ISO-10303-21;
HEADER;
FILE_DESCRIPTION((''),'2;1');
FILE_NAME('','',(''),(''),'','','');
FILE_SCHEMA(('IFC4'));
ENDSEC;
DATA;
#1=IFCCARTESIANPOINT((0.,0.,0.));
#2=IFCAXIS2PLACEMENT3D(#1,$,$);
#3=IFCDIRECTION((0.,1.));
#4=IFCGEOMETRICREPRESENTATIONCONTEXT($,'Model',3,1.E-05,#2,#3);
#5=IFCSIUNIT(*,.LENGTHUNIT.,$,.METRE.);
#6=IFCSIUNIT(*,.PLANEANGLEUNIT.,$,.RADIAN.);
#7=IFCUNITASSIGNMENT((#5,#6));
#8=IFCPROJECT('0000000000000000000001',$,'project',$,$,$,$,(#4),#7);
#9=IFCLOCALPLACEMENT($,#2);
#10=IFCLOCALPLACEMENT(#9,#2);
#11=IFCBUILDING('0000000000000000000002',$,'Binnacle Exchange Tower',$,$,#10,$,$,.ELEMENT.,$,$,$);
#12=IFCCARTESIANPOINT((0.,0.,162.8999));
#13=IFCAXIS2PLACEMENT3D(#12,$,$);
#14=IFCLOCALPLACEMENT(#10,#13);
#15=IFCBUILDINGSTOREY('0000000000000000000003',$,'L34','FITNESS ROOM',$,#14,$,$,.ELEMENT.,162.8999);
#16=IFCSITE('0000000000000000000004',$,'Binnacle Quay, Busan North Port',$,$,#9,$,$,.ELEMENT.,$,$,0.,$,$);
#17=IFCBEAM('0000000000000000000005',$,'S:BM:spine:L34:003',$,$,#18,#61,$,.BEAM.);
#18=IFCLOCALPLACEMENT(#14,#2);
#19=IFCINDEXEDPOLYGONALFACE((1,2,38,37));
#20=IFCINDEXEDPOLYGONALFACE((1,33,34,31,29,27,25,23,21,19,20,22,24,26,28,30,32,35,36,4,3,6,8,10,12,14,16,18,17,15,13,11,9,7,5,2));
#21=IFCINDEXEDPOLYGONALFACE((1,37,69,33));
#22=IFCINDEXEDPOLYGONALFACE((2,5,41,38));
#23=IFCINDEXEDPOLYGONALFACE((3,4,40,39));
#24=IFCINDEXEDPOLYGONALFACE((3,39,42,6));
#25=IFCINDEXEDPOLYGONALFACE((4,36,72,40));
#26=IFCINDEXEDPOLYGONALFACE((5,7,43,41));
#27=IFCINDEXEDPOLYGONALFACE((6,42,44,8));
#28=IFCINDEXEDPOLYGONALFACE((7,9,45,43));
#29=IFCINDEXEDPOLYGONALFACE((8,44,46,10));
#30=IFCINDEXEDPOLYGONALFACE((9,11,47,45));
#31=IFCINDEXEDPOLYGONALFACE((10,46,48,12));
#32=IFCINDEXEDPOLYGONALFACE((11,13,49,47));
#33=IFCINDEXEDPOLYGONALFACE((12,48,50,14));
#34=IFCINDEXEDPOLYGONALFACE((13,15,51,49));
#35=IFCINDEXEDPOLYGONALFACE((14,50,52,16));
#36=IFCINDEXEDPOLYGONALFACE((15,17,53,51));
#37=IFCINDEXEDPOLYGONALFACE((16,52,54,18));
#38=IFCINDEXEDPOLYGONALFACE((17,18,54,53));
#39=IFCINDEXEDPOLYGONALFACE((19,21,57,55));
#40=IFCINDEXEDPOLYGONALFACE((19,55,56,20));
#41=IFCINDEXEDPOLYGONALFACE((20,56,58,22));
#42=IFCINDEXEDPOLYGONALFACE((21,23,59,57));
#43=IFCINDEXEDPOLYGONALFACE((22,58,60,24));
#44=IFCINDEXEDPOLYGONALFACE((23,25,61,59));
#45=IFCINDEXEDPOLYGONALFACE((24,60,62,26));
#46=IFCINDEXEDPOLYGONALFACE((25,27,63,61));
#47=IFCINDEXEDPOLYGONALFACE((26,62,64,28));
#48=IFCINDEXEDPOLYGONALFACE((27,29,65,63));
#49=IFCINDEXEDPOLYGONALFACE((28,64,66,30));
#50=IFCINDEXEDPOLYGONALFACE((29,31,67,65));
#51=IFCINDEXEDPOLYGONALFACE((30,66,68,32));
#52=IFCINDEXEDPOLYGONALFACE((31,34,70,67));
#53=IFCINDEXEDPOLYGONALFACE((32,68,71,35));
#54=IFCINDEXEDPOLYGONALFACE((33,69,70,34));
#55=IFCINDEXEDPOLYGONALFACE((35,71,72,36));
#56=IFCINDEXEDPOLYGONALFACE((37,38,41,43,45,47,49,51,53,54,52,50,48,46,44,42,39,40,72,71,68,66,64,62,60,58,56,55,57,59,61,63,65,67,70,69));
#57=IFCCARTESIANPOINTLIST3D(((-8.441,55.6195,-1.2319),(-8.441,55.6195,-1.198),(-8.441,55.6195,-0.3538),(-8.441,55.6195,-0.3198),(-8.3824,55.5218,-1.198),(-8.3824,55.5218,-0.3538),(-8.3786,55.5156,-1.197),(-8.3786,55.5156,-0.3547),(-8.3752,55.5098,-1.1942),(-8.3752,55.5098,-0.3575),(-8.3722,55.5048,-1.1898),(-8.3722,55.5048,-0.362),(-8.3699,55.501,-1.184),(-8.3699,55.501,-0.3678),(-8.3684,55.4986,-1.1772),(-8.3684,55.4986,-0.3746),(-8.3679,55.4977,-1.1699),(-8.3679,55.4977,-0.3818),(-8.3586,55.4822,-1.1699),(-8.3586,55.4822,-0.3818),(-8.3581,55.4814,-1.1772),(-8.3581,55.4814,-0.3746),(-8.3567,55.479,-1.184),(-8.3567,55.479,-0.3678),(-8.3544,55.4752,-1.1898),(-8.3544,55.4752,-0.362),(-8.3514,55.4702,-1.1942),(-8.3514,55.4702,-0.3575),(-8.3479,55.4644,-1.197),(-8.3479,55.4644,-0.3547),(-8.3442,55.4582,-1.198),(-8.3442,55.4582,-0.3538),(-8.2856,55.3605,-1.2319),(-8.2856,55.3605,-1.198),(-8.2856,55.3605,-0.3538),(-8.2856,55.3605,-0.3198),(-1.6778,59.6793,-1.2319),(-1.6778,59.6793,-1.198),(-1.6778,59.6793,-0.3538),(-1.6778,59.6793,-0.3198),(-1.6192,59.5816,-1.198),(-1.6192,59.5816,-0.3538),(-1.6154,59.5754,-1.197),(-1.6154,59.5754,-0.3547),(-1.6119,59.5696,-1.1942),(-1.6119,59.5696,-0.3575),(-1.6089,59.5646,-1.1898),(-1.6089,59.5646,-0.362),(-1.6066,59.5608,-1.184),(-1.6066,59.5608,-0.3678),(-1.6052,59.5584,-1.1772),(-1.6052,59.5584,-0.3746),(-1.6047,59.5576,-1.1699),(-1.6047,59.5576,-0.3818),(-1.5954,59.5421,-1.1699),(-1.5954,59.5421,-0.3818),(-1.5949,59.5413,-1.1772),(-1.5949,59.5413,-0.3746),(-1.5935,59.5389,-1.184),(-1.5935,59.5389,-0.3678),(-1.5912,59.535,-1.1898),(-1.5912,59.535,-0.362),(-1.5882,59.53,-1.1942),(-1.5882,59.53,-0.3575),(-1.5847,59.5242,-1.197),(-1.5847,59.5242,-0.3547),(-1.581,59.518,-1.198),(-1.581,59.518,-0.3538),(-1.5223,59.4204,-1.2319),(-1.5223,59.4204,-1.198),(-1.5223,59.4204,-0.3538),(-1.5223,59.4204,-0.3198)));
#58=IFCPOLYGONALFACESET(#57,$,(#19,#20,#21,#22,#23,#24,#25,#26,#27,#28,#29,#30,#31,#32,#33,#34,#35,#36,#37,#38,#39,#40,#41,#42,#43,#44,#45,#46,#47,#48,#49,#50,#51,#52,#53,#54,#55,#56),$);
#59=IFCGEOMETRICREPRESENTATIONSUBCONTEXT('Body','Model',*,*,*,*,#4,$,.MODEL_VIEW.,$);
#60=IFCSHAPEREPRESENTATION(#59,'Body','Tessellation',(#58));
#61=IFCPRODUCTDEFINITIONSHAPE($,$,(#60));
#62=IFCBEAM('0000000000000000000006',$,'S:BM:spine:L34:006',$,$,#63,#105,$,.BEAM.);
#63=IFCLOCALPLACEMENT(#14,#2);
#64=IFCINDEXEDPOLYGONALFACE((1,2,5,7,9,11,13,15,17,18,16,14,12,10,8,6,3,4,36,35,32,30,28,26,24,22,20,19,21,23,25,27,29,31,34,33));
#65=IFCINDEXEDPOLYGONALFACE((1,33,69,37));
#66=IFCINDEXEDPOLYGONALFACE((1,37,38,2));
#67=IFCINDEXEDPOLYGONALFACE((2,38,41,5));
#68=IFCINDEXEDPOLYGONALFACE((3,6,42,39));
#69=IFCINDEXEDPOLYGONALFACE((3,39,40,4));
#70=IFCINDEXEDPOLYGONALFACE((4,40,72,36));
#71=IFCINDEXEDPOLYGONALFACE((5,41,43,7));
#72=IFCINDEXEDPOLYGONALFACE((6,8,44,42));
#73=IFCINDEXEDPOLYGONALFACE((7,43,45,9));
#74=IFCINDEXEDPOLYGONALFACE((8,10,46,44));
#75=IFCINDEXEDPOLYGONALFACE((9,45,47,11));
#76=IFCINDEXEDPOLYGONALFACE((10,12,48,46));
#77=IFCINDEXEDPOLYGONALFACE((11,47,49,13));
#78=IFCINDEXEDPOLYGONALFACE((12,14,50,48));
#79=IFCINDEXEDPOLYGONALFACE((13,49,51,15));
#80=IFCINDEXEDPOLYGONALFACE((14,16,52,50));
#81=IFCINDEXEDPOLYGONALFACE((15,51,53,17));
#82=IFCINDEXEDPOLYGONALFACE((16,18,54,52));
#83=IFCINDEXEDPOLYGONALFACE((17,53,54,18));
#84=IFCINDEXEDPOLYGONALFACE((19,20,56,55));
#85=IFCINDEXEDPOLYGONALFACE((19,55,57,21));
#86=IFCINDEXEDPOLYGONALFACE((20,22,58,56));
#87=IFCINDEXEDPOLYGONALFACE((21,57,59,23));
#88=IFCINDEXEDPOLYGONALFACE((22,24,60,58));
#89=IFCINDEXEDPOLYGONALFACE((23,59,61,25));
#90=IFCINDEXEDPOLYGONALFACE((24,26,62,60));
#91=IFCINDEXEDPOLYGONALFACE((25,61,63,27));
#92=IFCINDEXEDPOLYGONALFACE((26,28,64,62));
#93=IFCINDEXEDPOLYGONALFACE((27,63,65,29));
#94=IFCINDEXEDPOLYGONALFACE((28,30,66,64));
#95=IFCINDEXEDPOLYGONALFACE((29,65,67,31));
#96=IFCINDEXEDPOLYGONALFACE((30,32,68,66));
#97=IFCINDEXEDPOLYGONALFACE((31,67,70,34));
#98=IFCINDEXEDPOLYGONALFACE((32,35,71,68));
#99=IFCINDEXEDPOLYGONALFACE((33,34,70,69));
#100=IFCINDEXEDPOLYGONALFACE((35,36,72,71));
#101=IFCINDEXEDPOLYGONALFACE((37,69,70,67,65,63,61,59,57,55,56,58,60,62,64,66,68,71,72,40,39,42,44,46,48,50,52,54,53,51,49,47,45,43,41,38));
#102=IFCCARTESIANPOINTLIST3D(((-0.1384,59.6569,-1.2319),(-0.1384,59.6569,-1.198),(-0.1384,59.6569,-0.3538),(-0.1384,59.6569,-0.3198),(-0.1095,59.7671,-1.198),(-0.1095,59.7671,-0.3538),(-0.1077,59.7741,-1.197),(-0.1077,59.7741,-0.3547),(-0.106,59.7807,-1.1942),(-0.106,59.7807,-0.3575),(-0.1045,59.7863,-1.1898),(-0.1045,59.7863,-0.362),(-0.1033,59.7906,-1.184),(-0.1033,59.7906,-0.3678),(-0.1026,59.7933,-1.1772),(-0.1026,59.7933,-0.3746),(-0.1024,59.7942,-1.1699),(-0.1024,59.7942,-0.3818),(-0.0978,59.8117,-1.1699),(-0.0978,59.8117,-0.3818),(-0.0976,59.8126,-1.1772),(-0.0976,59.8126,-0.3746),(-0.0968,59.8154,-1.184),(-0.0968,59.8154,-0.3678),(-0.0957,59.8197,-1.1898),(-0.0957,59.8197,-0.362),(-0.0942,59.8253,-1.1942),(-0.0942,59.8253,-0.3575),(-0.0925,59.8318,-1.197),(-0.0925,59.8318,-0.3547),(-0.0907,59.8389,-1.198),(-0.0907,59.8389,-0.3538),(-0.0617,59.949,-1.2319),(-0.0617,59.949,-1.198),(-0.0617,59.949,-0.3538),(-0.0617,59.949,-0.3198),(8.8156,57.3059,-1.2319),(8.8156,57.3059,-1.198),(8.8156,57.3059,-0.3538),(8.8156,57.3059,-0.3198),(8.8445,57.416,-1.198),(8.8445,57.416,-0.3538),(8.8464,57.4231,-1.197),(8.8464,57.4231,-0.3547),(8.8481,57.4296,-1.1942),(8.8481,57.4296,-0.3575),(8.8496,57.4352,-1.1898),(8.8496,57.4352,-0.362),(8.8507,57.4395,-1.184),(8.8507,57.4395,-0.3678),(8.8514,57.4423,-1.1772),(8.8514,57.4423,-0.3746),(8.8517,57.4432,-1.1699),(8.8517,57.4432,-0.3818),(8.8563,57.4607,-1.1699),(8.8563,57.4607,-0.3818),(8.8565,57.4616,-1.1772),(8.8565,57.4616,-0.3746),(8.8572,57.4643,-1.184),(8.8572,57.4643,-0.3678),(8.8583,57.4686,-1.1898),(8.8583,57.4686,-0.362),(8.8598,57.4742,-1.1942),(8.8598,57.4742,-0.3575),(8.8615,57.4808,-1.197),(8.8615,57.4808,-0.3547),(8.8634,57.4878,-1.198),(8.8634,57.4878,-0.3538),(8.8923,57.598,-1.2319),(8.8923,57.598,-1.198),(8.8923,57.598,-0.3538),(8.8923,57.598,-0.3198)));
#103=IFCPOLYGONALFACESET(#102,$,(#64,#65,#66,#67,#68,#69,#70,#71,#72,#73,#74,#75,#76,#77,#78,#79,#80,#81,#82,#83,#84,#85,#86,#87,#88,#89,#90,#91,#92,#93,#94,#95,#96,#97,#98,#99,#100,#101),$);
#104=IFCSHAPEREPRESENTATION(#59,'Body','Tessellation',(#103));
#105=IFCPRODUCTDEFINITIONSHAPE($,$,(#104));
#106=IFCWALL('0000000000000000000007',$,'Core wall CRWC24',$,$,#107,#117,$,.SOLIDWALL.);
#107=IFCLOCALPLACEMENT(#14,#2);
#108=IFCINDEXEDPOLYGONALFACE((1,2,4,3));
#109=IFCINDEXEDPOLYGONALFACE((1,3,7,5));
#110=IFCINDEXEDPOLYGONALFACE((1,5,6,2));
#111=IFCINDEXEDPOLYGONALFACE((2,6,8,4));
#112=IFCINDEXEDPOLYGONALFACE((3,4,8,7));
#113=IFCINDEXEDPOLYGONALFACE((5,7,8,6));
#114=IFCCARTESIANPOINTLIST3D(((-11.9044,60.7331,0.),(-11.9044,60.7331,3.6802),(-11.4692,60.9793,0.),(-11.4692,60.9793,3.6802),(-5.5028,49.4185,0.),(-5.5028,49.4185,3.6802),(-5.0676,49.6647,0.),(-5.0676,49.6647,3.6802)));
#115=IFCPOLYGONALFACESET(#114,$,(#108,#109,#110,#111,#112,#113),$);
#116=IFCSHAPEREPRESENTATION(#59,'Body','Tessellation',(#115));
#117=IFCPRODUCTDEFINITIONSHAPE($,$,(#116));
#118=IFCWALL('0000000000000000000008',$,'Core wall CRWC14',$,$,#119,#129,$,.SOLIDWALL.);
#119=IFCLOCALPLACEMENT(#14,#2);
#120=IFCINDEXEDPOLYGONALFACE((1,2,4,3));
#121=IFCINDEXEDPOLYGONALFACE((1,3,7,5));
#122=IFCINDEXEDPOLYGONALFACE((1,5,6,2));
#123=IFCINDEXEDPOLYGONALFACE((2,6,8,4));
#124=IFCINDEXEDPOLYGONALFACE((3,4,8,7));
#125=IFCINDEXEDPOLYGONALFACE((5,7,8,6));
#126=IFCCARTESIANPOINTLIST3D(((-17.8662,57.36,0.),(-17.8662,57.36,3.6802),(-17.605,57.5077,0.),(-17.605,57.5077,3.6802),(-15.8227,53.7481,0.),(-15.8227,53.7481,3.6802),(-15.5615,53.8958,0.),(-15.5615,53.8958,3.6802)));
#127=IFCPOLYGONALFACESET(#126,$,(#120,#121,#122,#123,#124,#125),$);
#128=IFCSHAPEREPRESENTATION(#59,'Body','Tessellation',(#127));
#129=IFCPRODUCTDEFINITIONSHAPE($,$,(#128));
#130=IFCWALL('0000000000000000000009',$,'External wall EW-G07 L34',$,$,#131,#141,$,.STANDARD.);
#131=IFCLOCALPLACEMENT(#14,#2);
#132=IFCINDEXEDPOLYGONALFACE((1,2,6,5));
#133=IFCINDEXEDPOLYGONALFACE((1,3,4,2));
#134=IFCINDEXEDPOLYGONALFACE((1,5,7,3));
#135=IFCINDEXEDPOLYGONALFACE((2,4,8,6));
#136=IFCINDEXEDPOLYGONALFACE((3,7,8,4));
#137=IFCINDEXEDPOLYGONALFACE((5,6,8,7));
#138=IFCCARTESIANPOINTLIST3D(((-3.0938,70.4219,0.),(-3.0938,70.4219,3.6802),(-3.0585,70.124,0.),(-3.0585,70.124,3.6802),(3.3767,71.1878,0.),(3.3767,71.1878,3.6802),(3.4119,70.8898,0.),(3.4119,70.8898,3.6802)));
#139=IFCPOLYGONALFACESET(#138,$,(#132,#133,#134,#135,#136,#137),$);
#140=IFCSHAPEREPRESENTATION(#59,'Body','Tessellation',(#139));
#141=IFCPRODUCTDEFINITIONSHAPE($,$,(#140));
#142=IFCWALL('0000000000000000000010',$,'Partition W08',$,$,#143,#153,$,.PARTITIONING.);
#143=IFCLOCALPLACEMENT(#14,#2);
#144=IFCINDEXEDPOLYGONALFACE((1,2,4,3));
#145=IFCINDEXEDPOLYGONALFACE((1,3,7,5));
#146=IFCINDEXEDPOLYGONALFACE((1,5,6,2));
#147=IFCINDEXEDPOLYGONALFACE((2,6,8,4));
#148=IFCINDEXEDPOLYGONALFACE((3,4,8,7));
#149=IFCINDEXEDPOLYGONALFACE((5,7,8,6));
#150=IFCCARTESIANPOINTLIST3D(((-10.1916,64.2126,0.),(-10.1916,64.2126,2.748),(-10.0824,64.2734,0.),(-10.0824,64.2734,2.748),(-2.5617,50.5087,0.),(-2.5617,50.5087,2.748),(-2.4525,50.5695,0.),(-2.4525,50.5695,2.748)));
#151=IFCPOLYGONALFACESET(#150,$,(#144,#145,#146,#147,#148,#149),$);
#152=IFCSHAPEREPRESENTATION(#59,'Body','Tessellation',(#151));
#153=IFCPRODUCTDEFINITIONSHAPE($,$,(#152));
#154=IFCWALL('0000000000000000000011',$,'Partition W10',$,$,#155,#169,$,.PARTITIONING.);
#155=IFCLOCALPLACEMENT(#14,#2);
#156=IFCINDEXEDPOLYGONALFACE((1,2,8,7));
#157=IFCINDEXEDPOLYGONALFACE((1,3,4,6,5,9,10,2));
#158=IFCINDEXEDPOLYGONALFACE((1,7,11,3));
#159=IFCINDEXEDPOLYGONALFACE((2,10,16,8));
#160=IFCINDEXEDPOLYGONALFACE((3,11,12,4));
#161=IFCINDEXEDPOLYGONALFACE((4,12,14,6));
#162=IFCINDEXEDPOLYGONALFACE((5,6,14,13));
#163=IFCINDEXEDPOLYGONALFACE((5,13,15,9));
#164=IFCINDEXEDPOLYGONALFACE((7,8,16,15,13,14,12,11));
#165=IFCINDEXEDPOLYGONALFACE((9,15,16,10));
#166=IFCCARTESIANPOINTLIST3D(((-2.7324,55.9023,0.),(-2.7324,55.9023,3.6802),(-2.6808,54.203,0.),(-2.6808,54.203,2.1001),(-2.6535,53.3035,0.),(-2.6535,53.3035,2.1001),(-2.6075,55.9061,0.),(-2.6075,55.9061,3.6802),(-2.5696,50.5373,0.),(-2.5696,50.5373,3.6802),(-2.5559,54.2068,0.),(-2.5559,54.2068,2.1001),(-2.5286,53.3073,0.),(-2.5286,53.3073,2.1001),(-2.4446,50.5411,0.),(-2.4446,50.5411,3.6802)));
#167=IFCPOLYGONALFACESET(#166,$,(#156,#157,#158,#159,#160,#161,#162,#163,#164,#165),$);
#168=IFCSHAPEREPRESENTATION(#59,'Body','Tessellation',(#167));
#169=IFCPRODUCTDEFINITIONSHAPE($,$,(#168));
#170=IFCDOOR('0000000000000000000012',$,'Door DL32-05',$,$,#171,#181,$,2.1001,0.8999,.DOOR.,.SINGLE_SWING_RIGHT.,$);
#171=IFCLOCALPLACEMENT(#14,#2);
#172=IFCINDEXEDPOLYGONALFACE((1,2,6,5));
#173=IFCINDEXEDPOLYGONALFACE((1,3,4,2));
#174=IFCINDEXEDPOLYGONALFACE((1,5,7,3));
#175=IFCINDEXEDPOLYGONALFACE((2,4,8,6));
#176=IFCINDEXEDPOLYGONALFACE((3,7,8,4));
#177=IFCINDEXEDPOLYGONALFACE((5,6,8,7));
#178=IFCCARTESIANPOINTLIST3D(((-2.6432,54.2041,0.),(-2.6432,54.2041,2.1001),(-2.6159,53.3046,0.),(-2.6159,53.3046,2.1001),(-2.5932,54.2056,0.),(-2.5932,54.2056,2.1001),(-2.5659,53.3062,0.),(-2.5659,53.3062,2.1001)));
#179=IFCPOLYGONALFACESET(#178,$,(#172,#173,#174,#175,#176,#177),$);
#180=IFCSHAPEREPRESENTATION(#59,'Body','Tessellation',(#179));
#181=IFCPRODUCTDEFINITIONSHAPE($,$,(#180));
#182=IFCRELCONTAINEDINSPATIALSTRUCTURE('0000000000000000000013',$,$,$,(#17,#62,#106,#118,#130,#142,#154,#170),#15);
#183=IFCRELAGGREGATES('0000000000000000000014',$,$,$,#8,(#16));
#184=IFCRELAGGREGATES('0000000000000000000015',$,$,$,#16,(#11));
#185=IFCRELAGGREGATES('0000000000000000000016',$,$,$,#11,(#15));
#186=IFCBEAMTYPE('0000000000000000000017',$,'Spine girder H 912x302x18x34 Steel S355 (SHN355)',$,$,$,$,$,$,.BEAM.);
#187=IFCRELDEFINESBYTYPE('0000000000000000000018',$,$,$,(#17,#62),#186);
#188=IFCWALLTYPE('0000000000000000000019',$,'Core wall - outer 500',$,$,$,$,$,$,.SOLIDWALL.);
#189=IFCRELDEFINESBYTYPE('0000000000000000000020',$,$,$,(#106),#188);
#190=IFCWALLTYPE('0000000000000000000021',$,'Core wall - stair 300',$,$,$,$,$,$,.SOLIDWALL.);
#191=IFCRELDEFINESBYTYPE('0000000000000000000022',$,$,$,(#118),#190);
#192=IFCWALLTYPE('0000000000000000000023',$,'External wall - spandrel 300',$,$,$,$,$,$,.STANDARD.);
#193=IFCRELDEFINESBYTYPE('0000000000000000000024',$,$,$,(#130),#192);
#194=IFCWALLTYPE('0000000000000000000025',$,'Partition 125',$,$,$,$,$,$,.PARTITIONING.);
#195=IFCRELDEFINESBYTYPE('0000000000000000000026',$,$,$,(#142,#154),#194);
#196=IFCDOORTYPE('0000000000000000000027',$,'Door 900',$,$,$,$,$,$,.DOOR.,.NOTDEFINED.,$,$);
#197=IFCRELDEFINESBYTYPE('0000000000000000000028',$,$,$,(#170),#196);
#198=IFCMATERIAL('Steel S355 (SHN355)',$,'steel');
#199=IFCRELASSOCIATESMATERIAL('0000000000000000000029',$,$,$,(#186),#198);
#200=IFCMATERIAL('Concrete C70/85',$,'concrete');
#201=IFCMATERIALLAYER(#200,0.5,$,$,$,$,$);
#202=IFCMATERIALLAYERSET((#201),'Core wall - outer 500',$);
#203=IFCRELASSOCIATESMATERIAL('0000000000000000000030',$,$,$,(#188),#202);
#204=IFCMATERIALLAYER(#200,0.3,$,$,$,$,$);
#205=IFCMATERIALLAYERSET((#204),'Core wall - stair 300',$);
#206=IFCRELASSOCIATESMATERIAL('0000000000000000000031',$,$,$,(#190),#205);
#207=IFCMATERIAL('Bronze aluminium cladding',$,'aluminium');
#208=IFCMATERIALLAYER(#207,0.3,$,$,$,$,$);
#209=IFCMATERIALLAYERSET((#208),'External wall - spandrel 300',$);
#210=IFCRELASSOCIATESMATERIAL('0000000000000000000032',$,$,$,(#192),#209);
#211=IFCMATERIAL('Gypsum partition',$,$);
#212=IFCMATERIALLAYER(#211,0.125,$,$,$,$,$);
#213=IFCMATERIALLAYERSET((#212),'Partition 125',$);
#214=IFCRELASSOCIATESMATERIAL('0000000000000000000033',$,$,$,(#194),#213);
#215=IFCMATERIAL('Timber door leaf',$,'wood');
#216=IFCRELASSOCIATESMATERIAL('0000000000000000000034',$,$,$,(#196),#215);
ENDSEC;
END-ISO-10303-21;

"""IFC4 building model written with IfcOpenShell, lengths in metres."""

from ifc_helpers import new_model, si_unit, direction, frame, frame_2d, origin, origin_2d, place, context, subcontext, project, spatial, rectangle, i_section, extrude, material, layer, layer_set, material_profile, profile_set, type_object, element, fill, save


model = new_model("IFC4")

# Units and contexts
model_context = context("Model", 3, precision=1e-05, world=origin(), true_north=direction((0.0, 1.0)))
body_context = subcontext(model_context, "Body", "Model", "MODEL_VIEW")
ifc_project = project(units=[si_unit("LENGTHUNIT", "METRE"), si_unit("PLANEANGLEUNIT", "RADIAN")], contexts=[model_context])

# Site, building, storey
site_placement = place(None, origin())
site = spatial("IfcSite", under=ifc_project, at=site_placement, Name="Binnacle Quay, Busan North Port", CompositionType="ELEMENT", RefElevation=0.0)
building_placement = place(site_placement, origin())
building = spatial("IfcBuilding", under=site, at=building_placement, Name="Binnacle Exchange Tower", CompositionType="ELEMENT")
storey_placement = place(building_placement, frame((0.0, 0.0, 162.8999)))
storey = spatial("IfcBuildingStorey", under=building, at=storey_placement, Name="L34", Description="FITNESS ROOM", CompositionType="ELEMENT", Elevation=162.8999)

# Shared definitions
ifc_material_1 = material(Name="Concrete C70/85", Category="concrete")

# Beams
ifc_material_2 = material(Name="Steel S355 (SHN355)", Category="steel")
ifc_material_profile_1 = material_profile(ifc_material_2, i_section(OverallWidth=0.302, OverallDepth=0.9121, WebThickness=0.0181, FlangeThickness=0.0339, FilletRadius=0.0281, at=origin_2d()), Name="H 912x302x18x34")
ifc_profile_set_1 = profile_set([ifc_material_profile_1], Name="Steel S355 (SHN355)")
beam_type_1 = type_object("IfcBeamType", Name="Spine girder H 912x302x18x34 Steel S355 (SHN355)", PredefinedType="BEAM", material=ifc_profile_set_1)
beam_1_placement = place(storey_placement, frame((-8.3633, 55.49, -0.7759), z_axis=(0.857386, 0.514673, 0.0), x_axis=(-0.514673, 0.857386, 0.0)))
element("IfcBeam", 1, at=beam_1_placement, inside=storey, type_object=beam_type_1, Name="S:BM:spine:L34:003", PredefinedType="BEAM", context=body_context, shape_type="SweptSolid", body=[
    extrude(i_section(OverallWidth=0.302, OverallDepth=0.9121, WebThickness=0.0181, FlangeThickness=0.0339, FilletRadius=0.0281, at=origin_2d()), origin(), (0.0, 0.0, 1.0), 7.8882),
])
beam_2_placement = place(storey_placement, frame((-0.1001, 59.803, -0.7759), z_axis=(0.967214, -0.253961, 0.0), x_axis=(0.253961, 0.967214, 0.0)))
element("IfcBeam", 2, at=beam_2_placement, inside=storey, type_object=beam_type_1, Name="S:BM:spine:L34:006", PredefinedType="BEAM", context=body_context, shape_type="SweptSolid", body=[
    extrude(i_section(OverallWidth=0.302, OverallDepth=0.9121, WebThickness=0.0181, FlangeThickness=0.0339, FilletRadius=0.0281, at=origin_2d()), origin(), (0.0, 0.0, 1.0), 9.2576),
])

# Walls
ifc_layer_1 = layer(ifc_material_1, 0.5)
ifc_layer_set_1 = layer_set([ifc_layer_1], Name="Core wall - outer 500")
wall_type_1 = type_object("IfcWallType", Name="Core wall - outer 500", PredefinedType="SOLIDWALL", material=ifc_layer_set_1)
wall_1_placement = place(storey_placement, frame((-11.6868, 60.8562, 0.0), z_axis=(0.0, 0.0, 1.0), x_axis=(0.492427, -0.870354, 0.0)))
element("IfcWall", 3, at=wall_1_placement, inside=storey, type_object=wall_type_1, Name="Core wall CRWC24", PredefinedType="SOLIDWALL", context=body_context, shape_type="SweptSolid", body=[
    extrude(rectangle(XDim=13.0, YDim=0.5, at=frame_2d((6.5, 0.0))), origin(), (0.0, 0.0, 1.0), 3.6802),
])
ifc_layer_2 = layer(ifc_material_1, 0.3)
ifc_layer_set_2 = layer_set([ifc_layer_2], Name="Core wall - stair 300")
wall_type_2 = type_object("IfcWallType", Name="Core wall - stair 300", PredefinedType="SOLIDWALL", material=ifc_layer_set_2)
wall_2_placement = place(storey_placement, frame((-17.7356, 57.4338, 0.0), z_axis=(0.0, 0.0, 1.0), x_axis=(0.492422, -0.870357, 0.0)))
element("IfcWall", 4, at=wall_2_placement, inside=storey, type_object=wall_type_2, Name="Core wall CRWC14", PredefinedType="SOLIDWALL", context=body_context, shape_type="SweptSolid", body=[
    extrude(rectangle(XDim=4.1499, YDim=0.3, at=frame_2d((2.075, 0.0))), origin(), (0.0, 0.0, 1.0), 3.6802),
])
ifc_material_3 = material(Name="Bronze aluminium cladding", Category="aluminium")
ifc_layer_3 = layer(ifc_material_3, 0.3)
ifc_layer_set_3 = layer_set([ifc_layer_3], Name="External wall - spandrel 300")
wall_type_3 = type_object("IfcWallType", Name="External wall - spandrel 300", PredefinedType="STANDARD", material=ifc_layer_set_3)
wall_3_placement = place(storey_placement, frame((-3.0762, 70.2729, 0.0), z_axis=(0.0, 0.0, 1.0), x_axis=(0.993068, 0.117543, 0.0)))
element("IfcWall", 5, at=wall_3_placement, inside=storey, type_object=wall_type_3, Name="External wall EW-G07 L34", PredefinedType="STANDARD", context=body_context, shape_type="SweptSolid", body=[
    extrude(rectangle(XDim=6.5156, YDim=0.3, at=frame_2d((3.2578, 0.0))), origin(), (0.0, 0.0, 1.0), 3.6802),
])
ifc_material_4 = material(Name="Gypsum partition")
ifc_layer_4 = layer(ifc_material_4, 0.125)
ifc_layer_set_4 = layer_set([ifc_layer_4], Name="Partition 125")
wall_type_4 = type_object("IfcWallType", Name="Partition 125", PredefinedType="PARTITIONING", material=ifc_layer_set_4)
wall_4_placement = place(storey_placement, frame((-10.137, 64.2429, 0.0), z_axis=(0.0, 0.0, 1.0), x_axis=(0.486453, -0.873707, 0.0)))
element("IfcWall", 6, at=wall_4_placement, inside=storey, type_object=wall_type_4, Name="Partition W08", PredefinedType="PARTITIONING", context=body_context, shape_type="SweptSolid", body=[
    extrude(rectangle(XDim=15.6848, YDim=0.125, at=frame_2d((7.8423, 0.0))), origin(), (0.0, 0.0, 1.0), 2.748),
])

# Wall, opening, door
wall_5_placement = place(storey_placement, frame((-2.6699, 55.9041, 0.0), z_axis=(0.0, 0.0, 1.0), x_axis=(0.030339, -0.99954, 0.0)))
wall_5 = element("IfcWall", 7, at=wall_5_placement, inside=storey, type_object=wall_type_4, Name="Partition W10", PredefinedType="PARTITIONING", context=body_context, shape_type="SweptSolid", body=[
    extrude(rectangle(XDim=5.3674, YDim=0.125, at=frame_2d((2.6836, 0.0))), origin(), (0.0, 0.0, 1.0), 3.6802),
])
opening_placement = place(wall_5_placement, frame((1.7, 0.0, 0.0)))
opening = element("IfcOpeningElement", 8, at=opening_placement, cuts=wall_5, PredefinedType="OPENING", context=body_context, shape_type="SweptSolid", body=[
    extrude(rectangle(XDim=0.8999, YDim=2.1001, at=frame_2d((0.45, 1.05))), frame((0.0, 0.0725, 0.0), z_axis=(0.0, -1.0, 0.0), x_axis=(1.0, 0.0, 0.0)), (0.0, 0.0, 1.0), 0.145),
])
ifc_material_5 = material(Name="Timber door leaf", Category="wood")
door_type = type_object("IfcDoorType", Name="Door 900", OperationType="NOTDEFINED", PredefinedType="DOOR", material=ifc_material_5)
door_placement = place(opening_placement, frame((0.8999, 0.0, 0.0), z_axis=(0.0, 0.0, 1.0), x_axis=(-1.0, 0.0, 0.0)))
door = element("IfcDoor", 9, at=door_placement, inside=storey, type_object=door_type, Name="Door DL32-05", OperationType="SINGLE_SWING_RIGHT", OverallHeight=2.1001, OverallWidth=0.8999, PredefinedType="DOOR", context=body_context, shape_type="SweptSolid", body=[
    extrude(rectangle(XDim=0.8999, YDim=2.1001, at=frame_2d((0.45, 1.05))), frame((0.0, 0.0249, 0.0), z_axis=(0.0, -1.0, 0.0), x_axis=(1.0, 0.0, 0.0)), (0.0, 0.0, 1.0), 0.05),
])
fill(opening, door)

save(model, "model.ifc")
